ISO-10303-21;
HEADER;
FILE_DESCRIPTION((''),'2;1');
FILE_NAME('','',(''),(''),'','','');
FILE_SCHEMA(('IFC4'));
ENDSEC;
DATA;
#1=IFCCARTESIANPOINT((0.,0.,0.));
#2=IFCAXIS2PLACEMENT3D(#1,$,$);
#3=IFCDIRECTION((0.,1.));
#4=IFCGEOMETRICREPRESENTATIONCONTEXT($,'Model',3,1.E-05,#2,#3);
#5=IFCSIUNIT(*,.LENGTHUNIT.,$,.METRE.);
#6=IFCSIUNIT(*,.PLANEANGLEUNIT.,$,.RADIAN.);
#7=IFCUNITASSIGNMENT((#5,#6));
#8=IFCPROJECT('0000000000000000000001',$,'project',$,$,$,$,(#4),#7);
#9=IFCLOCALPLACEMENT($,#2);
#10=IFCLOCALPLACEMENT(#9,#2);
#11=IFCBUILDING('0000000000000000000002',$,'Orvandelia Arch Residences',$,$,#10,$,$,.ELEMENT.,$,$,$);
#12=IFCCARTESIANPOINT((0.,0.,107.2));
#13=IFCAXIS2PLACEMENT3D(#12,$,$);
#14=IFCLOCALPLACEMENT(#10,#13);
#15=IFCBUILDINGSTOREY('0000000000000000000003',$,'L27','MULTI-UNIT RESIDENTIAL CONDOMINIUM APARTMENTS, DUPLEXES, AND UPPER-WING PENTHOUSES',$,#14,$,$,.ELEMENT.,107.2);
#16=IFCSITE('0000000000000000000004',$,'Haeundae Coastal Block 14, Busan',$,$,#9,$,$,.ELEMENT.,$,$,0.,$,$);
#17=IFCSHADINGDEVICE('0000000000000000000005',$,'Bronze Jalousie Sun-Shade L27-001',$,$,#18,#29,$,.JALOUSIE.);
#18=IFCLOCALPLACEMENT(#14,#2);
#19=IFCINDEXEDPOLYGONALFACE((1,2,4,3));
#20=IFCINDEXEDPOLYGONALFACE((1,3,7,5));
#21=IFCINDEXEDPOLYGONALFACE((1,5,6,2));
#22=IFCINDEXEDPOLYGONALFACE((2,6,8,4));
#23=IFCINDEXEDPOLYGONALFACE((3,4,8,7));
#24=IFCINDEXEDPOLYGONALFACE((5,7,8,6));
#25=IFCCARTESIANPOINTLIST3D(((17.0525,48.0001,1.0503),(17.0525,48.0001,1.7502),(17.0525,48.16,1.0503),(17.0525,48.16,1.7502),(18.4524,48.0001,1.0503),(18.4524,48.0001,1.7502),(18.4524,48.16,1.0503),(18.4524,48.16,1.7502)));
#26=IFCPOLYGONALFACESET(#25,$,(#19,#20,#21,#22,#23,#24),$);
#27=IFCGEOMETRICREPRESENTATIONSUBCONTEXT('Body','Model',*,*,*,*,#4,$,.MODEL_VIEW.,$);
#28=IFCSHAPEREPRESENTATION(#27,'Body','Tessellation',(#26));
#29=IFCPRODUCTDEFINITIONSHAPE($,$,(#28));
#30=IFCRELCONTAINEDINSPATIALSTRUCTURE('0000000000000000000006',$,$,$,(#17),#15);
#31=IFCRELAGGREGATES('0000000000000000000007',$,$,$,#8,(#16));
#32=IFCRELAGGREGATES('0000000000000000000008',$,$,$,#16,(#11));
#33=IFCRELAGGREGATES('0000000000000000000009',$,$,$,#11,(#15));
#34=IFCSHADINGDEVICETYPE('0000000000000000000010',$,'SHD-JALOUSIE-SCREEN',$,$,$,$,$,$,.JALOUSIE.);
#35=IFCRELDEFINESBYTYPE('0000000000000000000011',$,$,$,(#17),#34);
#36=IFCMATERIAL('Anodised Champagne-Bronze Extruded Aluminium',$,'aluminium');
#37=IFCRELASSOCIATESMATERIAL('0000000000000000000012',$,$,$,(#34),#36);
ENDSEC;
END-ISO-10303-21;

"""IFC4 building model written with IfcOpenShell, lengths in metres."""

from ifc_helpers import new_model, si_unit, direction, frame, origin, origin_2d, place, context, subcontext, project, spatial, rectangle, extrude, material, type_object, element, save


model = new_model("IFC4")

# Units and contexts
model_context = context("Model", 3, precision=1e-05, world=origin(), true_north=direction((0.0, 1.0)))
body_context = subcontext(model_context, "Body", "Model", "MODEL_VIEW")
ifc_project = project(units=[si_unit("LENGTHUNIT", "METRE"), si_unit("PLANEANGLEUNIT", "RADIAN")], contexts=[model_context])

# Site, building, storey
site_placement = place(None, origin())
site = spatial("IfcSite", under=ifc_project, at=site_placement, Name="Haeundae Coastal Block 14, Busan", CompositionType="ELEMENT", RefElevation=0.0)
building_placement = place(site_placement, origin())
building = spatial("IfcBuilding", under=site, at=building_placement, Name="Orvandelia Arch Residences", CompositionType="ELEMENT")
storey_placement = place(building_placement, frame((0.0, 0.0, 107.2)))
storey = spatial("IfcBuildingStorey", under=building, at=storey_placement, Name="L27", Description="MULTI-UNIT RESIDENTIAL CONDOMINIUM APARTMENTS, DUPLEXES, AND UPPER-WING PENTHOUSES", CompositionType="ELEMENT", Elevation=107.2)

# Shading device
ifc_material_1 = material(Name="Anodised Champagne-Bronze Extruded Aluminium", Category="aluminium")
shading_device_type = type_object("IfcShadingDeviceType", Name="SHD-JALOUSIE-SCREEN", PredefinedType="JALOUSIE", material=ifc_material_1)
shading_device_placement = place(storey_placement, frame((17.7524, 48.0801, 1.0503), z_axis=(0.0, 0.0, 1.0), x_axis=(1.0, 0.0, 0.0)))
element("IfcShadingDevice", 1, at=shading_device_placement, inside=storey, type_object=shading_device_type, Name="Bronze Jalousie Sun-Shade L27-001", PredefinedType="JALOUSIE", context=body_context, shape_type="SweptSolid", body=[
    extrude(rectangle(XDim=1.3999, YDim=0.1599, at=origin_2d()), origin(), (0.0, 0.0, 1.0), 0.7),
])

save(model, "model.ifc")
